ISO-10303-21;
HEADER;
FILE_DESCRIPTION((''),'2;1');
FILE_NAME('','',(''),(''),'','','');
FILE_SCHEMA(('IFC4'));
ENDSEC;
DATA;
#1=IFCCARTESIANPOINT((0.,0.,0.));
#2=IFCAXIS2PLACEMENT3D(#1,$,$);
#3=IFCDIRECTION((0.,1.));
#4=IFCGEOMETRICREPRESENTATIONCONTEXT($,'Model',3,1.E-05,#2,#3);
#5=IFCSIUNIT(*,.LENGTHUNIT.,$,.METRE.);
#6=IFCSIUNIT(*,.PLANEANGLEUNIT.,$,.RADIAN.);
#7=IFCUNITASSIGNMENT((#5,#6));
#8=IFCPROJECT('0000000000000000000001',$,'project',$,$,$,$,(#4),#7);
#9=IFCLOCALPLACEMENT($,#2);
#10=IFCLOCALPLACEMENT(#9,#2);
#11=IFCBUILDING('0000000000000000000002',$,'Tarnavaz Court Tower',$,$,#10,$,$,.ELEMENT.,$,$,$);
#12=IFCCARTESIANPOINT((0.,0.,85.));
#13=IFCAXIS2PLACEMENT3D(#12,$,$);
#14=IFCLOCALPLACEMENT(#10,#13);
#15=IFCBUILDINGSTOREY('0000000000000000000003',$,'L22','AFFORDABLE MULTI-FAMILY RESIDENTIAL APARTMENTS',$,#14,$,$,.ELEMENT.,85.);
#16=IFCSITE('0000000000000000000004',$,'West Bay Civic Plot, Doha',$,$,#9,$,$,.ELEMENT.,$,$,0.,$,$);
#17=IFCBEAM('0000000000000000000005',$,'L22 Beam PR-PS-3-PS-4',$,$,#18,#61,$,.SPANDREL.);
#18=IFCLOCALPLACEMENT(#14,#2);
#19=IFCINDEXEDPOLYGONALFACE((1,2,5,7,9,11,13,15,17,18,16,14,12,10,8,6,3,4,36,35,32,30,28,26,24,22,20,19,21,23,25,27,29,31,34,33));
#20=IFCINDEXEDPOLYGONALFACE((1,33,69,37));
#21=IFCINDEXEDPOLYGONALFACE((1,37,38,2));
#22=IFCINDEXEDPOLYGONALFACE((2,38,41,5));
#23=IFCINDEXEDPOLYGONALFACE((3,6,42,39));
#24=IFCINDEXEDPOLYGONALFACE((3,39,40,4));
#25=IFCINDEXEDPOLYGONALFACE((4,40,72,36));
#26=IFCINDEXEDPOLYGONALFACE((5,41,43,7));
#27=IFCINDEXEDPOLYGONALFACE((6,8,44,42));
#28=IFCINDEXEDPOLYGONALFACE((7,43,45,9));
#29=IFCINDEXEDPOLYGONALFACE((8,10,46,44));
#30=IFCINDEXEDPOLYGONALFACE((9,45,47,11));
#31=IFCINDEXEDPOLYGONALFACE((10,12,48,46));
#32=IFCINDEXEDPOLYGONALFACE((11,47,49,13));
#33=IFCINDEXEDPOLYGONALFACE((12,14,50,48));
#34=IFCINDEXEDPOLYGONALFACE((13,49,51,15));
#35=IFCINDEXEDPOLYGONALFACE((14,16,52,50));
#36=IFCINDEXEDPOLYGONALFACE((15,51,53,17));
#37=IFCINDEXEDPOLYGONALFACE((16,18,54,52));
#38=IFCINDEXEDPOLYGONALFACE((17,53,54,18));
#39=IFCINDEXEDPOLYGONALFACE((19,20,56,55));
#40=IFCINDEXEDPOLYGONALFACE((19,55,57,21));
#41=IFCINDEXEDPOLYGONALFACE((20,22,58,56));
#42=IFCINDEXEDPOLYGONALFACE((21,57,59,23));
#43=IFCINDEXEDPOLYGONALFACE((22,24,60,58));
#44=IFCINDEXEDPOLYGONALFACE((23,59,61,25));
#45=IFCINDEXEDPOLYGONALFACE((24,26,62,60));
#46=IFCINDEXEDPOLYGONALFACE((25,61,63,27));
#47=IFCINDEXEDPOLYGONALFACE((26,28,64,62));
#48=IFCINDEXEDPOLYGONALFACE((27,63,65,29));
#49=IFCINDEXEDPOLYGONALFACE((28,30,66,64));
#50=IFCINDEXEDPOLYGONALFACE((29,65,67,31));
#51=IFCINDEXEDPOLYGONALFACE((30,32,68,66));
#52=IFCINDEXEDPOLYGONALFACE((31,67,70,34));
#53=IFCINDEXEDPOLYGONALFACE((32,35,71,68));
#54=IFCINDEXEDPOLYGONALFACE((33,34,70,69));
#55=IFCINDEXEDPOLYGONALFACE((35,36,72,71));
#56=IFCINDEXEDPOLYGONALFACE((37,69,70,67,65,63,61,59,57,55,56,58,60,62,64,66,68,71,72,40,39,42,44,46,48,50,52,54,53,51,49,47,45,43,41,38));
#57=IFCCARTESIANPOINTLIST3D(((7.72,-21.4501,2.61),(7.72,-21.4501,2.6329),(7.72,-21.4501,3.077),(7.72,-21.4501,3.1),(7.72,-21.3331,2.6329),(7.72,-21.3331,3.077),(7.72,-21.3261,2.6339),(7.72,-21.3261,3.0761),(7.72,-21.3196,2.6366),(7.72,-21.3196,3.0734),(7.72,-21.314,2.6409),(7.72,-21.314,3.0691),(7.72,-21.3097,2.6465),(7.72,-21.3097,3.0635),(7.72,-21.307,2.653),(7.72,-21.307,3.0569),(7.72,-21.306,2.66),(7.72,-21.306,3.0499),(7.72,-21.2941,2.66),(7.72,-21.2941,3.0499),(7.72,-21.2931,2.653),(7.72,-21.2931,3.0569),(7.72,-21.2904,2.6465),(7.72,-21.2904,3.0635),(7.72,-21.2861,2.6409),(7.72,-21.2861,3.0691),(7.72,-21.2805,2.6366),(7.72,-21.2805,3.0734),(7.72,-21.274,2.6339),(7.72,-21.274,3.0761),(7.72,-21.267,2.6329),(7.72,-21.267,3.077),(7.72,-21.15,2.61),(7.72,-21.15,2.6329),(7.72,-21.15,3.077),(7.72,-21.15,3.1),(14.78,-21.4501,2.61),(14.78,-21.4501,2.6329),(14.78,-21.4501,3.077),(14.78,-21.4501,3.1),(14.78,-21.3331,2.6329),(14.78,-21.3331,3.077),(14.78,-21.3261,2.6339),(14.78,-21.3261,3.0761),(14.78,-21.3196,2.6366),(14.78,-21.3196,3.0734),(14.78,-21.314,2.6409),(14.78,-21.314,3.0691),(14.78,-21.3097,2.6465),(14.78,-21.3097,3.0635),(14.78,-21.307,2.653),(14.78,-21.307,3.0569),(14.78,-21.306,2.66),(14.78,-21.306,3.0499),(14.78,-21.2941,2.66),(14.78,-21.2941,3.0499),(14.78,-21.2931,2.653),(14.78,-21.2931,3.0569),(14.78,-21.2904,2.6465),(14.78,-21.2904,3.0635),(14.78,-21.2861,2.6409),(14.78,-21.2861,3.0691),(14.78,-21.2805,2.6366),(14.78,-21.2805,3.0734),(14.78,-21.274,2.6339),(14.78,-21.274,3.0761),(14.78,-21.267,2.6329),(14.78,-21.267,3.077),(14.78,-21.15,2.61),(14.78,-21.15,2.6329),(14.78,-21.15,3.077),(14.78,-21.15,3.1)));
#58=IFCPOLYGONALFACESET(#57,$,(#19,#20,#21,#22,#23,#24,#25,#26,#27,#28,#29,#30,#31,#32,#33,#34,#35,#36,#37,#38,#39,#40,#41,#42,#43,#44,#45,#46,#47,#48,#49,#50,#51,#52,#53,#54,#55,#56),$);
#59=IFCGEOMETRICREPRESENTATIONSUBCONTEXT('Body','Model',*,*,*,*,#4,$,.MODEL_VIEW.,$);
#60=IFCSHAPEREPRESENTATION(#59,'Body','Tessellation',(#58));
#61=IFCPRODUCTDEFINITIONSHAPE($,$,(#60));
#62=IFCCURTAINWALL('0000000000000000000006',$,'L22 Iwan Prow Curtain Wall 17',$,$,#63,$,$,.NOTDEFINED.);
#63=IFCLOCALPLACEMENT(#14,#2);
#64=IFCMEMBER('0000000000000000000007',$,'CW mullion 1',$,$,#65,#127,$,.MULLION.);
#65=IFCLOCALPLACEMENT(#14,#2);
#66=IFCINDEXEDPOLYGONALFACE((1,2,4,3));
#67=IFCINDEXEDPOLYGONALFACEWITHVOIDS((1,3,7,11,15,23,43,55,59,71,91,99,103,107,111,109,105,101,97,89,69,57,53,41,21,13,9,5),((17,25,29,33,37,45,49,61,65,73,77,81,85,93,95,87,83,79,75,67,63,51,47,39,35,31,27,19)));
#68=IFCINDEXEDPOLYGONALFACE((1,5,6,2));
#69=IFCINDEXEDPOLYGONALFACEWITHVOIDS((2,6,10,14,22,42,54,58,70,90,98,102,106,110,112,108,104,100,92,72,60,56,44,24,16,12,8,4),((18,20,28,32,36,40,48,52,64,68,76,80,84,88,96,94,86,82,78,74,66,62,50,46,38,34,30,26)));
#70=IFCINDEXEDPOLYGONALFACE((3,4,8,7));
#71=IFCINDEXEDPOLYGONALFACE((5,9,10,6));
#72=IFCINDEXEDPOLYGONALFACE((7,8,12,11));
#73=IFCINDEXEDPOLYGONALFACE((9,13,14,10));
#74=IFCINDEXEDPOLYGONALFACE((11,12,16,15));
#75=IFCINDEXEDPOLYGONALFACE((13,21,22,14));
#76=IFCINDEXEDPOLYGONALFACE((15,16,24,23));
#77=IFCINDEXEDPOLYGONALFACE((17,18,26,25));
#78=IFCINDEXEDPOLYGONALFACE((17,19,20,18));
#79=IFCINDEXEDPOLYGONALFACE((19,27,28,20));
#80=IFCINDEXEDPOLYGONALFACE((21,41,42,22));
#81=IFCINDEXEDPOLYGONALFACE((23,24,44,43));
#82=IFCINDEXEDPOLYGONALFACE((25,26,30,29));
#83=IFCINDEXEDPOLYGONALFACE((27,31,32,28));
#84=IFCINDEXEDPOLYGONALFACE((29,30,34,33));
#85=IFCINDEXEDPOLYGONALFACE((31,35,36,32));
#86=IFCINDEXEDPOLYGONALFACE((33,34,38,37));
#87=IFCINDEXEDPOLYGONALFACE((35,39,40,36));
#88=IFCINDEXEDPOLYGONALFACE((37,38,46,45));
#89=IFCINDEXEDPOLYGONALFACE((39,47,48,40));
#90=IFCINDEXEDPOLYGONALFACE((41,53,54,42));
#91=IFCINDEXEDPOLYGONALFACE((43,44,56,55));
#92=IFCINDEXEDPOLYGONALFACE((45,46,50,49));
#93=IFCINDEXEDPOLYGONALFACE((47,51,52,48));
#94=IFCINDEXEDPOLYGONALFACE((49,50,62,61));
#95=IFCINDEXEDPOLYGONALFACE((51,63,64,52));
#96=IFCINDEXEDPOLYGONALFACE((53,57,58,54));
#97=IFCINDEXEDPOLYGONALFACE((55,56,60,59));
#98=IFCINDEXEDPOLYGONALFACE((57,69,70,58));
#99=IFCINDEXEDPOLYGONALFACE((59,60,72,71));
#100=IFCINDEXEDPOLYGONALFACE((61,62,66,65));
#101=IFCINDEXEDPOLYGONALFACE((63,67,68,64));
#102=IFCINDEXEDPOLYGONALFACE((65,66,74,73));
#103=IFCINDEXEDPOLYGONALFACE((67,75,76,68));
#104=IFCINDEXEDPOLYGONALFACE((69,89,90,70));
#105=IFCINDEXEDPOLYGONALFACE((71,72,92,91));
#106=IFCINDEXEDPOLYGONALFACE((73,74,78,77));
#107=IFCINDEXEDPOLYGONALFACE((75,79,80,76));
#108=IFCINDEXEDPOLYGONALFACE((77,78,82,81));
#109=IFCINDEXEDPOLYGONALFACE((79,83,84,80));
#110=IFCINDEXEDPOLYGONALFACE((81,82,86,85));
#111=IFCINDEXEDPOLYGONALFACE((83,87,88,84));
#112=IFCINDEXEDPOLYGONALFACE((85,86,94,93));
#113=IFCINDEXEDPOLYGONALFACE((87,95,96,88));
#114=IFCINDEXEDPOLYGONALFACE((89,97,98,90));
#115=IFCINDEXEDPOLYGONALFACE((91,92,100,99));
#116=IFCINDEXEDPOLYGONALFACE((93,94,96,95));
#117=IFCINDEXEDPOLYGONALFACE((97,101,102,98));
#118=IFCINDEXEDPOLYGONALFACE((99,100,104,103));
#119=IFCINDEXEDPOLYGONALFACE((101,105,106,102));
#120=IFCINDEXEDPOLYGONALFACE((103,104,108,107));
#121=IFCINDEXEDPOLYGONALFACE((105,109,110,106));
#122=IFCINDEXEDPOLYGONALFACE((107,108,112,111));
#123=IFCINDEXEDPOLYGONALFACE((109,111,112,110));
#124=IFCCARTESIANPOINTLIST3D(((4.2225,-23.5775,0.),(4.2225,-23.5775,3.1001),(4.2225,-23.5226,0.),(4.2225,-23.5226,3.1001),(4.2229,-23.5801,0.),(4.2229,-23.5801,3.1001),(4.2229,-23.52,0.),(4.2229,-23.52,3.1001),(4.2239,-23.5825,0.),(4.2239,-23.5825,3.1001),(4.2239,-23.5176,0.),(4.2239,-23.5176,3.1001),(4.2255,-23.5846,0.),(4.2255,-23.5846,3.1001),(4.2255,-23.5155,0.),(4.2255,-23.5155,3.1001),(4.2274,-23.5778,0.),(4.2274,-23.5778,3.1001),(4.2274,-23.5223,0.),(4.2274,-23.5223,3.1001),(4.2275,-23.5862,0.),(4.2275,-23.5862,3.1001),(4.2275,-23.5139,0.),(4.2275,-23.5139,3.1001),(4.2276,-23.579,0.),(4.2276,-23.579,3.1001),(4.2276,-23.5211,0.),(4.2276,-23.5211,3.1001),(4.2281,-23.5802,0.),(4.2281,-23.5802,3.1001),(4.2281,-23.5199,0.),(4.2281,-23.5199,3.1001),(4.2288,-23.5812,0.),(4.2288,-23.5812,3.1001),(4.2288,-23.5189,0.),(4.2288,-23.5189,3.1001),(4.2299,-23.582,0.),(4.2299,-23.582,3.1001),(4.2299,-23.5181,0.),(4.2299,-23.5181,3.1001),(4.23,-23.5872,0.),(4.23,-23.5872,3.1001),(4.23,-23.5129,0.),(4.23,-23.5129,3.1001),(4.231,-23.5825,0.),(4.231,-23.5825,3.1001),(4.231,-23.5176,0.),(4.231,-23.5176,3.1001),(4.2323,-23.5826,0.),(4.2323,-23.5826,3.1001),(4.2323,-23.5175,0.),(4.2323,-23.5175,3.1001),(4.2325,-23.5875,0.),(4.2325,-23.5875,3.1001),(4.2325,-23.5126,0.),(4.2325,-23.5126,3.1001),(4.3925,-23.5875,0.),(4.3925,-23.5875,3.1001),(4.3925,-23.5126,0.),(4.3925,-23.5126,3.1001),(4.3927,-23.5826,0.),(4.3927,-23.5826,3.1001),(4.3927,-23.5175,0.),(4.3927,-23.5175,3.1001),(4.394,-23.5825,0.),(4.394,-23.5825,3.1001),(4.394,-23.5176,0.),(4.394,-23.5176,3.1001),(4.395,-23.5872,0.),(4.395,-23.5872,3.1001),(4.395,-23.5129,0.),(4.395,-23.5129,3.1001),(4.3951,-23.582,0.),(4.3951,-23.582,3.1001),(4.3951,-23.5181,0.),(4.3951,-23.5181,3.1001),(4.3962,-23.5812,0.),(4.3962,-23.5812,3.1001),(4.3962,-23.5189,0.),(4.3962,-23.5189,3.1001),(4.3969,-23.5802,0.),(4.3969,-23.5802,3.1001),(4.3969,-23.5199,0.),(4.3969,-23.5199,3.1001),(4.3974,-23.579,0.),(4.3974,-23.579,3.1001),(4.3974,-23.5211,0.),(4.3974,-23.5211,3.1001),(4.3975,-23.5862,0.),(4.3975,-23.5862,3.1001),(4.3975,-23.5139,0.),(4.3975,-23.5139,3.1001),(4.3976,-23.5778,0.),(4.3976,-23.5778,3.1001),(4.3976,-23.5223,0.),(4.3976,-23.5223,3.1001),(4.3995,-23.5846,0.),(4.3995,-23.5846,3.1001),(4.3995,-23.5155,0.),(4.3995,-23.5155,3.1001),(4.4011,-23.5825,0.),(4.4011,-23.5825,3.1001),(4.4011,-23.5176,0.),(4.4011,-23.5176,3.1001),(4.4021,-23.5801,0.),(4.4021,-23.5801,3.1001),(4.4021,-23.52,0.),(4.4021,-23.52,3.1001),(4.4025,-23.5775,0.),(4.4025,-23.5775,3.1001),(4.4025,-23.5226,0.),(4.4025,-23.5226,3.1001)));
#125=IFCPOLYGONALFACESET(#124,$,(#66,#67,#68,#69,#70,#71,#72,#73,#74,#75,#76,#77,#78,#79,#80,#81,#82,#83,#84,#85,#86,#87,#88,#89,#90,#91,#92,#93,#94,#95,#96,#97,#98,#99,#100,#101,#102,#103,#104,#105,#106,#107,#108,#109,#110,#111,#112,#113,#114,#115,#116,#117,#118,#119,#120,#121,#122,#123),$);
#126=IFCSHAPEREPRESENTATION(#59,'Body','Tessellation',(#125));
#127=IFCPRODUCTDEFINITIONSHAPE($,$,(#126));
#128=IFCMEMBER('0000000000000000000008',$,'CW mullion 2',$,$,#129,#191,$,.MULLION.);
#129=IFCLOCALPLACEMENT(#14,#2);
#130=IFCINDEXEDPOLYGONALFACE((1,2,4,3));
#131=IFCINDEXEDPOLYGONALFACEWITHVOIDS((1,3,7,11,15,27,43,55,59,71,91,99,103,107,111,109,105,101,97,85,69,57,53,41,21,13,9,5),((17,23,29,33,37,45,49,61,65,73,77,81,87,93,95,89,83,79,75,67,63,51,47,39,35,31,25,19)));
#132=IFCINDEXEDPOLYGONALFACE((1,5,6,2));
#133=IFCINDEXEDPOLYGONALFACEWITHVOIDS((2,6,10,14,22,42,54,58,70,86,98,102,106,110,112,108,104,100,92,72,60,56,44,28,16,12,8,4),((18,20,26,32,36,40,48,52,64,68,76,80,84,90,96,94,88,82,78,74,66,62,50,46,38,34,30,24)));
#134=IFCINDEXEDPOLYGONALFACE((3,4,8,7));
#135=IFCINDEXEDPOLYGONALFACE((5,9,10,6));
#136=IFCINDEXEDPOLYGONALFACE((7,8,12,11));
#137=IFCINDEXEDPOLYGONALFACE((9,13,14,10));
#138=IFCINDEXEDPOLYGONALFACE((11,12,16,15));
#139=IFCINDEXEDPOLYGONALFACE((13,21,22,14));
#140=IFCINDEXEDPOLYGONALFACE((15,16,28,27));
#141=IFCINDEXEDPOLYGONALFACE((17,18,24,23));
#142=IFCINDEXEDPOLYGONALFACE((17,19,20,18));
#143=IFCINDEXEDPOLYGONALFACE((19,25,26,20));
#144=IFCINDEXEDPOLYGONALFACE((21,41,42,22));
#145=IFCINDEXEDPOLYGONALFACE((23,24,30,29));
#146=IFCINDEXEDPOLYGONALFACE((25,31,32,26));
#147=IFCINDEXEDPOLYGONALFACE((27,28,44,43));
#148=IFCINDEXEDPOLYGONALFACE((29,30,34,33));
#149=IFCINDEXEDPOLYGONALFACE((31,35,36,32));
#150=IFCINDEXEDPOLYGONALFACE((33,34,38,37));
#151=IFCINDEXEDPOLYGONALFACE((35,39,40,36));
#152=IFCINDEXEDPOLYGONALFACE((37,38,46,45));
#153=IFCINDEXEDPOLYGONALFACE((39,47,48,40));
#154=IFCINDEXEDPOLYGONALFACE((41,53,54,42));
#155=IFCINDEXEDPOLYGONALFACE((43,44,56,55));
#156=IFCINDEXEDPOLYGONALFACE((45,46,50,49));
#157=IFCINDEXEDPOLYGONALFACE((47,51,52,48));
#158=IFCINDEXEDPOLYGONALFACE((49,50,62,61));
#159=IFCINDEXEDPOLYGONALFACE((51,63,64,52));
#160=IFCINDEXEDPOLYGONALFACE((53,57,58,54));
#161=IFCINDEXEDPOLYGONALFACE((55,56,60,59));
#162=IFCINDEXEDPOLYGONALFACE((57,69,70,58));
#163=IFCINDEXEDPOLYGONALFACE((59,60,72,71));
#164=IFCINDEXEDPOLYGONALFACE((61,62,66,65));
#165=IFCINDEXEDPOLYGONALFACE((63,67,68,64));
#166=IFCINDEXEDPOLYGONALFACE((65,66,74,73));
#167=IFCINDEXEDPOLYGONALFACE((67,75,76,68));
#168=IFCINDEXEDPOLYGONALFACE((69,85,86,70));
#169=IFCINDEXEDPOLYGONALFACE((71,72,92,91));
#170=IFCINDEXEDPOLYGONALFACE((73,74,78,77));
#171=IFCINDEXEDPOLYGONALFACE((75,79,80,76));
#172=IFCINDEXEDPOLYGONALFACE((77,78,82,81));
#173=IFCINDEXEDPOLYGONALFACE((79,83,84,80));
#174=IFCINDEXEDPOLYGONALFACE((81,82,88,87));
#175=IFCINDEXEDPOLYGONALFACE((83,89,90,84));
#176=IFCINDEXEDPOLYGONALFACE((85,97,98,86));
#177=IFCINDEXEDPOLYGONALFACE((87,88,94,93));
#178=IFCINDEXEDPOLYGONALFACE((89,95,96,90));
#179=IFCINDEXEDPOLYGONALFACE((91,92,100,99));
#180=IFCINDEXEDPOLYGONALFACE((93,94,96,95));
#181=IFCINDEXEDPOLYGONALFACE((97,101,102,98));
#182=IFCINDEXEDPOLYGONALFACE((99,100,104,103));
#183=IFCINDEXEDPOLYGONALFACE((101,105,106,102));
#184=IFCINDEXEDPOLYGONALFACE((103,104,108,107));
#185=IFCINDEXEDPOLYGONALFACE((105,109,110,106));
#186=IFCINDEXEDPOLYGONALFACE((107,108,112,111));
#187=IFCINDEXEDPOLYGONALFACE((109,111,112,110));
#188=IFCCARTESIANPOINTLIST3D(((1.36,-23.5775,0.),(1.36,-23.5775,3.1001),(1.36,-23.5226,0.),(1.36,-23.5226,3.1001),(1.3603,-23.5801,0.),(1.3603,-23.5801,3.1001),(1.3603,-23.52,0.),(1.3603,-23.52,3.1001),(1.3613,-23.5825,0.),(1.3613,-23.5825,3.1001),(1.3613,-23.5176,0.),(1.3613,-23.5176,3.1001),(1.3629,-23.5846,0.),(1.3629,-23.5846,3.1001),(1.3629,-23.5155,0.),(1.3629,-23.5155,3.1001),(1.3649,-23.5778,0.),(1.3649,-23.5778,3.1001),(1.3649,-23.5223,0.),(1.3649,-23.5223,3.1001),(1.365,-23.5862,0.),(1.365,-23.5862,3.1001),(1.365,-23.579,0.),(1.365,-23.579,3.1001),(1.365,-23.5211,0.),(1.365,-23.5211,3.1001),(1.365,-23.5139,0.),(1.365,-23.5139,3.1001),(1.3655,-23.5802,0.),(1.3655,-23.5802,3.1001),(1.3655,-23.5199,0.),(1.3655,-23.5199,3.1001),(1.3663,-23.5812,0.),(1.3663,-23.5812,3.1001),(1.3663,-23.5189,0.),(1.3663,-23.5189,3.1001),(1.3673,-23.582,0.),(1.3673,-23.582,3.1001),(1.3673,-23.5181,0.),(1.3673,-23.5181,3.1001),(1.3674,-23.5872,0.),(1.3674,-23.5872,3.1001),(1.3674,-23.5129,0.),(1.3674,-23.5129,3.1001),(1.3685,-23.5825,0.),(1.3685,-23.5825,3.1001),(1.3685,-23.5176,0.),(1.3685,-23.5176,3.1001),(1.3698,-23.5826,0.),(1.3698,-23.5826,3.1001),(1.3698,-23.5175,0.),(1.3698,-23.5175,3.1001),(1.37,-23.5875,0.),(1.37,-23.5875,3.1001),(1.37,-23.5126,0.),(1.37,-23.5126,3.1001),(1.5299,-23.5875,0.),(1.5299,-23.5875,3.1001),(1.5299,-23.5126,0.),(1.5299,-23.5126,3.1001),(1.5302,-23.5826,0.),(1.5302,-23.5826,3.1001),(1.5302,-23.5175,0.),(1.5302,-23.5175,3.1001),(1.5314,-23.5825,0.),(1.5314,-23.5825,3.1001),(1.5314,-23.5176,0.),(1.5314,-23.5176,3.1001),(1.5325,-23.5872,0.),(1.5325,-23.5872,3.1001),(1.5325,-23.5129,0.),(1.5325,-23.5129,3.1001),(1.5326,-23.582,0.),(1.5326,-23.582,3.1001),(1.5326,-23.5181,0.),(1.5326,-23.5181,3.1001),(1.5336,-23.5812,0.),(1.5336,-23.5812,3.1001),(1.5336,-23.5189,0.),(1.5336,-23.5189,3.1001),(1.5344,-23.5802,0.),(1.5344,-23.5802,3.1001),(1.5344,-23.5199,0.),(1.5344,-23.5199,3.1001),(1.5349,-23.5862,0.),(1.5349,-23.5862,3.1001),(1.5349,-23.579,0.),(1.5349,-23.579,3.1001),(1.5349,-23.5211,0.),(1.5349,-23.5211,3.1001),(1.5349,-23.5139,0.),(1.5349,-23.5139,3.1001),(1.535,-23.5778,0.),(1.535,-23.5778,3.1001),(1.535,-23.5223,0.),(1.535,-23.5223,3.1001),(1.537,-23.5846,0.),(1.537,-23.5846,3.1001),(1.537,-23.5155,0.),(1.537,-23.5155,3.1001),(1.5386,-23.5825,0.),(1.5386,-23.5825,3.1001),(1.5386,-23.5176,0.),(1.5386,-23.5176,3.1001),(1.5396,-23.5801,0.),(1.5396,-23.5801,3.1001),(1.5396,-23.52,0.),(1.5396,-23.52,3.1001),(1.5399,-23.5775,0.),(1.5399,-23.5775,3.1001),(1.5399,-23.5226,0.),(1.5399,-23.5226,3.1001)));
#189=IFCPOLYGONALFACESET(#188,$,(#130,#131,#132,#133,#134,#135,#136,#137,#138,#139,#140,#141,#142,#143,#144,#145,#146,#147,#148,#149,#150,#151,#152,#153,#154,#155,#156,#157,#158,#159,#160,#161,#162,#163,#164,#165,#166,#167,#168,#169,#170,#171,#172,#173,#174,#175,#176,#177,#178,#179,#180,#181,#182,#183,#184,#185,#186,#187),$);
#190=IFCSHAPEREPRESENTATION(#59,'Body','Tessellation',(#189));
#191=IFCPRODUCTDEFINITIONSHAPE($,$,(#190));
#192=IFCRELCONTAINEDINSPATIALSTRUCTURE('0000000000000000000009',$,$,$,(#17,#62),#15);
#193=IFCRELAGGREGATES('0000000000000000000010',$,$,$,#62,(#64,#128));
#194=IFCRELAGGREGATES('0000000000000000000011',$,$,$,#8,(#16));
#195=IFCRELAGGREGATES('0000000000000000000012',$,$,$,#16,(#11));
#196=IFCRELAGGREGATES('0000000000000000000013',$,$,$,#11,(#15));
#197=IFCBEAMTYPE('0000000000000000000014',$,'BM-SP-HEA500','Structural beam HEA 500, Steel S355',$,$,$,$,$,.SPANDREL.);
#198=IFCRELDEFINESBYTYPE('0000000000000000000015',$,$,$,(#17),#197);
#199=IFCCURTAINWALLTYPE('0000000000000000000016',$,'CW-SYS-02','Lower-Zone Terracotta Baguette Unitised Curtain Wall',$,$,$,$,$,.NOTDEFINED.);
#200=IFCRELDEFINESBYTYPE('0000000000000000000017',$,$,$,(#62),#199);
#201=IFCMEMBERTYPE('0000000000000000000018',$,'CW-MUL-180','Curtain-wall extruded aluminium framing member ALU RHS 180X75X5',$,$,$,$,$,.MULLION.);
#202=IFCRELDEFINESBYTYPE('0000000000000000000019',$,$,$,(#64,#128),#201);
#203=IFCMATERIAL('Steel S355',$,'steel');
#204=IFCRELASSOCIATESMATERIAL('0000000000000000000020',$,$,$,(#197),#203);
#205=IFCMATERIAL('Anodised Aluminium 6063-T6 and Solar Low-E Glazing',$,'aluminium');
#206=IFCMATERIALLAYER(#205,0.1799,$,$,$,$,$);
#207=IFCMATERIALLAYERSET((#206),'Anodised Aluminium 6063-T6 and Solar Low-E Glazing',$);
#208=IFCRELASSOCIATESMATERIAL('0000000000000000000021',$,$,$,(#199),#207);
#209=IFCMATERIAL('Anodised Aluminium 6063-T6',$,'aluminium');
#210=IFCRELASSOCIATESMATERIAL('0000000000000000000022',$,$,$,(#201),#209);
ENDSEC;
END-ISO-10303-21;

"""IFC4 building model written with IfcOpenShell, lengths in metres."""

from ifc_helpers import new_model, si_unit, direction, frame, origin, origin_2d, place, context, subcontext, project, spatial, hollow_rectangle, i_section, extrude, material, layer, layer_set, material_profile, profile_set, type_object, element, aggregate, save


model = new_model("IFC4")

# Units and contexts
model_context = context("Model", 3, precision=1e-05, world=origin(), true_north=direction((0.0, 1.0)))
body_context = subcontext(model_context, "Body", "Model", "MODEL_VIEW")
ifc_project = project(units=[si_unit("LENGTHUNIT", "METRE"), si_unit("PLANEANGLEUNIT", "RADIAN")], contexts=[model_context])

# Site, building, storey
site_placement = place(None, origin())
site = spatial("IfcSite", under=ifc_project, at=site_placement, Name="West Bay Civic Plot, Doha", CompositionType="ELEMENT", RefElevation=0.0)
building_placement = place(site_placement, origin())
building = spatial("IfcBuilding", under=site, at=building_placement, Name="Tarnavaz Court Tower", CompositionType="ELEMENT")
storey_placement = place(building_placement, frame((0.0, 0.0, 85.0)))
storey = spatial("IfcBuildingStorey", under=building, at=storey_placement, Name="L22", Description="AFFORDABLE MULTI-FAMILY RESIDENTIAL APARTMENTS", CompositionType="ELEMENT", Elevation=85.0)

# Beam
ifc_material_1 = material(Name="Steel S355", Category="steel")
ifc_material_profile_1 = material_profile(ifc_material_1, i_section(OverallWidth=0.3, OverallDepth=0.49, WebThickness=0.012, FlangeThickness=0.0229, FilletRadius=0.0271, at=origin_2d()), Name="HEA 500")
ifc_profile_set_1 = profile_set([ifc_material_profile_1], Name="Steel S355")
beam_type_1 = type_object("IfcBeamType", Name="BM-SP-HEA500", Description="Structural beam HEA 500, Steel S355", PredefinedType="SPANDREL", material=ifc_profile_set_1)
beam_placement = place(storey_placement, frame((7.72, -21.3, 2.855), z_axis=(1.0, 0.0, 0.0), x_axis=(0.0, 1.0, 0.0)))
element("IfcBeam", 1, at=beam_placement, inside=storey, type_object=beam_type_1, Name="L22 Beam PR-PS-3-PS-4", PredefinedType="SPANDREL", context=body_context, shape_type="SweptSolid", body=[
    extrude(i_section(OverallWidth=0.3, OverallDepth=0.49, WebThickness=0.012, FlangeThickness=0.0229, FilletRadius=0.0271, at=origin_2d()), origin(), (0.0, 0.0, 1.0), 7.0601),
])

# Curtain wall, members
ifc_material_2 = material(Name="Anodised Aluminium 6063-T6 and Solar Low-E Glazing", Category="aluminium")
ifc_layer_1 = layer(ifc_material_2, 0.1799)
ifc_layer_set_1 = layer_set([ifc_layer_1], Name="Anodised Aluminium 6063-T6 and Solar Low-E Glazing")
curtain_wall_type = type_object("IfcCurtainWallType", Name="CW-SYS-02", Description="Lower-Zone Terracotta Baguette Unitised Curtain Wall", PredefinedType="NOTDEFINED", material=ifc_layer_set_1)
curtain_wall_placement = place(storey_placement, origin())
curtain_wall = element("IfcCurtainWall", 2, at=curtain_wall_placement, inside=storey, type_object=curtain_wall_type, Name="L22 Iwan Prow Curtain Wall 17", PredefinedType="NOTDEFINED")
ifc_material_3 = material(Name="Anodised Aluminium 6063-T6", Category="aluminium")
ifc_material_profile_2 = material_profile(ifc_material_3, hollow_rectangle(XDim=0.075, YDim=0.1799, WallThickness=0.0049, InnerFilletRadius=0.0049, OuterFilletRadius=0.01, at=origin_2d()), Name="ALU RHS 180X75X5")
ifc_profile_set_2 = profile_set([ifc_material_profile_2], Name="Anodised Aluminium 6063-T6")
member_type_1 = type_object("IfcMemberType", Name="CW-MUL-180", Description="Curtain-wall extruded aluminium framing member ALU RHS 180X75X5", PredefinedType="MULLION", material=ifc_profile_set_2)
member_1_placement = place(storey_placement, frame((4.3125, -23.55, 0.0), z_axis=(0.0, 0.0, 1.0), x_axis=(0.0, -1.0, 0.0)))
member_1 = element("IfcMember", 3, at=member_1_placement, type_object=member_type_1, Name="CW mullion 1", PredefinedType="MULLION", context=body_context, shape_type="SweptSolid", body=[
    extrude(hollow_rectangle(XDim=0.075, YDim=0.1799, WallThickness=0.0049, InnerFilletRadius=0.0049, OuterFilletRadius=0.01, at=origin_2d()), origin(), (0.0, 0.0, 1.0), 3.1001),
])
member_2_placement = place(storey_placement, frame((1.45, -23.55, 0.0), z_axis=(0.0, 0.0, 1.0), x_axis=(0.0, -1.0, 0.0)))
member_2 = element("IfcMember", 4, at=member_2_placement, type_object=member_type_1, Name="CW mullion 2", PredefinedType="MULLION", context=body_context, shape_type="SweptSolid", body=[
    extrude(hollow_rectangle(XDim=0.075, YDim=0.1799, WallThickness=0.0049, InnerFilletRadius=0.0049, OuterFilletRadius=0.01, at=origin_2d()), origin(), (0.0, 0.0, 1.0), 3.1001),
])
aggregate(curtain_wall, [member_1, member_2])

save(model, "model.ifc")
